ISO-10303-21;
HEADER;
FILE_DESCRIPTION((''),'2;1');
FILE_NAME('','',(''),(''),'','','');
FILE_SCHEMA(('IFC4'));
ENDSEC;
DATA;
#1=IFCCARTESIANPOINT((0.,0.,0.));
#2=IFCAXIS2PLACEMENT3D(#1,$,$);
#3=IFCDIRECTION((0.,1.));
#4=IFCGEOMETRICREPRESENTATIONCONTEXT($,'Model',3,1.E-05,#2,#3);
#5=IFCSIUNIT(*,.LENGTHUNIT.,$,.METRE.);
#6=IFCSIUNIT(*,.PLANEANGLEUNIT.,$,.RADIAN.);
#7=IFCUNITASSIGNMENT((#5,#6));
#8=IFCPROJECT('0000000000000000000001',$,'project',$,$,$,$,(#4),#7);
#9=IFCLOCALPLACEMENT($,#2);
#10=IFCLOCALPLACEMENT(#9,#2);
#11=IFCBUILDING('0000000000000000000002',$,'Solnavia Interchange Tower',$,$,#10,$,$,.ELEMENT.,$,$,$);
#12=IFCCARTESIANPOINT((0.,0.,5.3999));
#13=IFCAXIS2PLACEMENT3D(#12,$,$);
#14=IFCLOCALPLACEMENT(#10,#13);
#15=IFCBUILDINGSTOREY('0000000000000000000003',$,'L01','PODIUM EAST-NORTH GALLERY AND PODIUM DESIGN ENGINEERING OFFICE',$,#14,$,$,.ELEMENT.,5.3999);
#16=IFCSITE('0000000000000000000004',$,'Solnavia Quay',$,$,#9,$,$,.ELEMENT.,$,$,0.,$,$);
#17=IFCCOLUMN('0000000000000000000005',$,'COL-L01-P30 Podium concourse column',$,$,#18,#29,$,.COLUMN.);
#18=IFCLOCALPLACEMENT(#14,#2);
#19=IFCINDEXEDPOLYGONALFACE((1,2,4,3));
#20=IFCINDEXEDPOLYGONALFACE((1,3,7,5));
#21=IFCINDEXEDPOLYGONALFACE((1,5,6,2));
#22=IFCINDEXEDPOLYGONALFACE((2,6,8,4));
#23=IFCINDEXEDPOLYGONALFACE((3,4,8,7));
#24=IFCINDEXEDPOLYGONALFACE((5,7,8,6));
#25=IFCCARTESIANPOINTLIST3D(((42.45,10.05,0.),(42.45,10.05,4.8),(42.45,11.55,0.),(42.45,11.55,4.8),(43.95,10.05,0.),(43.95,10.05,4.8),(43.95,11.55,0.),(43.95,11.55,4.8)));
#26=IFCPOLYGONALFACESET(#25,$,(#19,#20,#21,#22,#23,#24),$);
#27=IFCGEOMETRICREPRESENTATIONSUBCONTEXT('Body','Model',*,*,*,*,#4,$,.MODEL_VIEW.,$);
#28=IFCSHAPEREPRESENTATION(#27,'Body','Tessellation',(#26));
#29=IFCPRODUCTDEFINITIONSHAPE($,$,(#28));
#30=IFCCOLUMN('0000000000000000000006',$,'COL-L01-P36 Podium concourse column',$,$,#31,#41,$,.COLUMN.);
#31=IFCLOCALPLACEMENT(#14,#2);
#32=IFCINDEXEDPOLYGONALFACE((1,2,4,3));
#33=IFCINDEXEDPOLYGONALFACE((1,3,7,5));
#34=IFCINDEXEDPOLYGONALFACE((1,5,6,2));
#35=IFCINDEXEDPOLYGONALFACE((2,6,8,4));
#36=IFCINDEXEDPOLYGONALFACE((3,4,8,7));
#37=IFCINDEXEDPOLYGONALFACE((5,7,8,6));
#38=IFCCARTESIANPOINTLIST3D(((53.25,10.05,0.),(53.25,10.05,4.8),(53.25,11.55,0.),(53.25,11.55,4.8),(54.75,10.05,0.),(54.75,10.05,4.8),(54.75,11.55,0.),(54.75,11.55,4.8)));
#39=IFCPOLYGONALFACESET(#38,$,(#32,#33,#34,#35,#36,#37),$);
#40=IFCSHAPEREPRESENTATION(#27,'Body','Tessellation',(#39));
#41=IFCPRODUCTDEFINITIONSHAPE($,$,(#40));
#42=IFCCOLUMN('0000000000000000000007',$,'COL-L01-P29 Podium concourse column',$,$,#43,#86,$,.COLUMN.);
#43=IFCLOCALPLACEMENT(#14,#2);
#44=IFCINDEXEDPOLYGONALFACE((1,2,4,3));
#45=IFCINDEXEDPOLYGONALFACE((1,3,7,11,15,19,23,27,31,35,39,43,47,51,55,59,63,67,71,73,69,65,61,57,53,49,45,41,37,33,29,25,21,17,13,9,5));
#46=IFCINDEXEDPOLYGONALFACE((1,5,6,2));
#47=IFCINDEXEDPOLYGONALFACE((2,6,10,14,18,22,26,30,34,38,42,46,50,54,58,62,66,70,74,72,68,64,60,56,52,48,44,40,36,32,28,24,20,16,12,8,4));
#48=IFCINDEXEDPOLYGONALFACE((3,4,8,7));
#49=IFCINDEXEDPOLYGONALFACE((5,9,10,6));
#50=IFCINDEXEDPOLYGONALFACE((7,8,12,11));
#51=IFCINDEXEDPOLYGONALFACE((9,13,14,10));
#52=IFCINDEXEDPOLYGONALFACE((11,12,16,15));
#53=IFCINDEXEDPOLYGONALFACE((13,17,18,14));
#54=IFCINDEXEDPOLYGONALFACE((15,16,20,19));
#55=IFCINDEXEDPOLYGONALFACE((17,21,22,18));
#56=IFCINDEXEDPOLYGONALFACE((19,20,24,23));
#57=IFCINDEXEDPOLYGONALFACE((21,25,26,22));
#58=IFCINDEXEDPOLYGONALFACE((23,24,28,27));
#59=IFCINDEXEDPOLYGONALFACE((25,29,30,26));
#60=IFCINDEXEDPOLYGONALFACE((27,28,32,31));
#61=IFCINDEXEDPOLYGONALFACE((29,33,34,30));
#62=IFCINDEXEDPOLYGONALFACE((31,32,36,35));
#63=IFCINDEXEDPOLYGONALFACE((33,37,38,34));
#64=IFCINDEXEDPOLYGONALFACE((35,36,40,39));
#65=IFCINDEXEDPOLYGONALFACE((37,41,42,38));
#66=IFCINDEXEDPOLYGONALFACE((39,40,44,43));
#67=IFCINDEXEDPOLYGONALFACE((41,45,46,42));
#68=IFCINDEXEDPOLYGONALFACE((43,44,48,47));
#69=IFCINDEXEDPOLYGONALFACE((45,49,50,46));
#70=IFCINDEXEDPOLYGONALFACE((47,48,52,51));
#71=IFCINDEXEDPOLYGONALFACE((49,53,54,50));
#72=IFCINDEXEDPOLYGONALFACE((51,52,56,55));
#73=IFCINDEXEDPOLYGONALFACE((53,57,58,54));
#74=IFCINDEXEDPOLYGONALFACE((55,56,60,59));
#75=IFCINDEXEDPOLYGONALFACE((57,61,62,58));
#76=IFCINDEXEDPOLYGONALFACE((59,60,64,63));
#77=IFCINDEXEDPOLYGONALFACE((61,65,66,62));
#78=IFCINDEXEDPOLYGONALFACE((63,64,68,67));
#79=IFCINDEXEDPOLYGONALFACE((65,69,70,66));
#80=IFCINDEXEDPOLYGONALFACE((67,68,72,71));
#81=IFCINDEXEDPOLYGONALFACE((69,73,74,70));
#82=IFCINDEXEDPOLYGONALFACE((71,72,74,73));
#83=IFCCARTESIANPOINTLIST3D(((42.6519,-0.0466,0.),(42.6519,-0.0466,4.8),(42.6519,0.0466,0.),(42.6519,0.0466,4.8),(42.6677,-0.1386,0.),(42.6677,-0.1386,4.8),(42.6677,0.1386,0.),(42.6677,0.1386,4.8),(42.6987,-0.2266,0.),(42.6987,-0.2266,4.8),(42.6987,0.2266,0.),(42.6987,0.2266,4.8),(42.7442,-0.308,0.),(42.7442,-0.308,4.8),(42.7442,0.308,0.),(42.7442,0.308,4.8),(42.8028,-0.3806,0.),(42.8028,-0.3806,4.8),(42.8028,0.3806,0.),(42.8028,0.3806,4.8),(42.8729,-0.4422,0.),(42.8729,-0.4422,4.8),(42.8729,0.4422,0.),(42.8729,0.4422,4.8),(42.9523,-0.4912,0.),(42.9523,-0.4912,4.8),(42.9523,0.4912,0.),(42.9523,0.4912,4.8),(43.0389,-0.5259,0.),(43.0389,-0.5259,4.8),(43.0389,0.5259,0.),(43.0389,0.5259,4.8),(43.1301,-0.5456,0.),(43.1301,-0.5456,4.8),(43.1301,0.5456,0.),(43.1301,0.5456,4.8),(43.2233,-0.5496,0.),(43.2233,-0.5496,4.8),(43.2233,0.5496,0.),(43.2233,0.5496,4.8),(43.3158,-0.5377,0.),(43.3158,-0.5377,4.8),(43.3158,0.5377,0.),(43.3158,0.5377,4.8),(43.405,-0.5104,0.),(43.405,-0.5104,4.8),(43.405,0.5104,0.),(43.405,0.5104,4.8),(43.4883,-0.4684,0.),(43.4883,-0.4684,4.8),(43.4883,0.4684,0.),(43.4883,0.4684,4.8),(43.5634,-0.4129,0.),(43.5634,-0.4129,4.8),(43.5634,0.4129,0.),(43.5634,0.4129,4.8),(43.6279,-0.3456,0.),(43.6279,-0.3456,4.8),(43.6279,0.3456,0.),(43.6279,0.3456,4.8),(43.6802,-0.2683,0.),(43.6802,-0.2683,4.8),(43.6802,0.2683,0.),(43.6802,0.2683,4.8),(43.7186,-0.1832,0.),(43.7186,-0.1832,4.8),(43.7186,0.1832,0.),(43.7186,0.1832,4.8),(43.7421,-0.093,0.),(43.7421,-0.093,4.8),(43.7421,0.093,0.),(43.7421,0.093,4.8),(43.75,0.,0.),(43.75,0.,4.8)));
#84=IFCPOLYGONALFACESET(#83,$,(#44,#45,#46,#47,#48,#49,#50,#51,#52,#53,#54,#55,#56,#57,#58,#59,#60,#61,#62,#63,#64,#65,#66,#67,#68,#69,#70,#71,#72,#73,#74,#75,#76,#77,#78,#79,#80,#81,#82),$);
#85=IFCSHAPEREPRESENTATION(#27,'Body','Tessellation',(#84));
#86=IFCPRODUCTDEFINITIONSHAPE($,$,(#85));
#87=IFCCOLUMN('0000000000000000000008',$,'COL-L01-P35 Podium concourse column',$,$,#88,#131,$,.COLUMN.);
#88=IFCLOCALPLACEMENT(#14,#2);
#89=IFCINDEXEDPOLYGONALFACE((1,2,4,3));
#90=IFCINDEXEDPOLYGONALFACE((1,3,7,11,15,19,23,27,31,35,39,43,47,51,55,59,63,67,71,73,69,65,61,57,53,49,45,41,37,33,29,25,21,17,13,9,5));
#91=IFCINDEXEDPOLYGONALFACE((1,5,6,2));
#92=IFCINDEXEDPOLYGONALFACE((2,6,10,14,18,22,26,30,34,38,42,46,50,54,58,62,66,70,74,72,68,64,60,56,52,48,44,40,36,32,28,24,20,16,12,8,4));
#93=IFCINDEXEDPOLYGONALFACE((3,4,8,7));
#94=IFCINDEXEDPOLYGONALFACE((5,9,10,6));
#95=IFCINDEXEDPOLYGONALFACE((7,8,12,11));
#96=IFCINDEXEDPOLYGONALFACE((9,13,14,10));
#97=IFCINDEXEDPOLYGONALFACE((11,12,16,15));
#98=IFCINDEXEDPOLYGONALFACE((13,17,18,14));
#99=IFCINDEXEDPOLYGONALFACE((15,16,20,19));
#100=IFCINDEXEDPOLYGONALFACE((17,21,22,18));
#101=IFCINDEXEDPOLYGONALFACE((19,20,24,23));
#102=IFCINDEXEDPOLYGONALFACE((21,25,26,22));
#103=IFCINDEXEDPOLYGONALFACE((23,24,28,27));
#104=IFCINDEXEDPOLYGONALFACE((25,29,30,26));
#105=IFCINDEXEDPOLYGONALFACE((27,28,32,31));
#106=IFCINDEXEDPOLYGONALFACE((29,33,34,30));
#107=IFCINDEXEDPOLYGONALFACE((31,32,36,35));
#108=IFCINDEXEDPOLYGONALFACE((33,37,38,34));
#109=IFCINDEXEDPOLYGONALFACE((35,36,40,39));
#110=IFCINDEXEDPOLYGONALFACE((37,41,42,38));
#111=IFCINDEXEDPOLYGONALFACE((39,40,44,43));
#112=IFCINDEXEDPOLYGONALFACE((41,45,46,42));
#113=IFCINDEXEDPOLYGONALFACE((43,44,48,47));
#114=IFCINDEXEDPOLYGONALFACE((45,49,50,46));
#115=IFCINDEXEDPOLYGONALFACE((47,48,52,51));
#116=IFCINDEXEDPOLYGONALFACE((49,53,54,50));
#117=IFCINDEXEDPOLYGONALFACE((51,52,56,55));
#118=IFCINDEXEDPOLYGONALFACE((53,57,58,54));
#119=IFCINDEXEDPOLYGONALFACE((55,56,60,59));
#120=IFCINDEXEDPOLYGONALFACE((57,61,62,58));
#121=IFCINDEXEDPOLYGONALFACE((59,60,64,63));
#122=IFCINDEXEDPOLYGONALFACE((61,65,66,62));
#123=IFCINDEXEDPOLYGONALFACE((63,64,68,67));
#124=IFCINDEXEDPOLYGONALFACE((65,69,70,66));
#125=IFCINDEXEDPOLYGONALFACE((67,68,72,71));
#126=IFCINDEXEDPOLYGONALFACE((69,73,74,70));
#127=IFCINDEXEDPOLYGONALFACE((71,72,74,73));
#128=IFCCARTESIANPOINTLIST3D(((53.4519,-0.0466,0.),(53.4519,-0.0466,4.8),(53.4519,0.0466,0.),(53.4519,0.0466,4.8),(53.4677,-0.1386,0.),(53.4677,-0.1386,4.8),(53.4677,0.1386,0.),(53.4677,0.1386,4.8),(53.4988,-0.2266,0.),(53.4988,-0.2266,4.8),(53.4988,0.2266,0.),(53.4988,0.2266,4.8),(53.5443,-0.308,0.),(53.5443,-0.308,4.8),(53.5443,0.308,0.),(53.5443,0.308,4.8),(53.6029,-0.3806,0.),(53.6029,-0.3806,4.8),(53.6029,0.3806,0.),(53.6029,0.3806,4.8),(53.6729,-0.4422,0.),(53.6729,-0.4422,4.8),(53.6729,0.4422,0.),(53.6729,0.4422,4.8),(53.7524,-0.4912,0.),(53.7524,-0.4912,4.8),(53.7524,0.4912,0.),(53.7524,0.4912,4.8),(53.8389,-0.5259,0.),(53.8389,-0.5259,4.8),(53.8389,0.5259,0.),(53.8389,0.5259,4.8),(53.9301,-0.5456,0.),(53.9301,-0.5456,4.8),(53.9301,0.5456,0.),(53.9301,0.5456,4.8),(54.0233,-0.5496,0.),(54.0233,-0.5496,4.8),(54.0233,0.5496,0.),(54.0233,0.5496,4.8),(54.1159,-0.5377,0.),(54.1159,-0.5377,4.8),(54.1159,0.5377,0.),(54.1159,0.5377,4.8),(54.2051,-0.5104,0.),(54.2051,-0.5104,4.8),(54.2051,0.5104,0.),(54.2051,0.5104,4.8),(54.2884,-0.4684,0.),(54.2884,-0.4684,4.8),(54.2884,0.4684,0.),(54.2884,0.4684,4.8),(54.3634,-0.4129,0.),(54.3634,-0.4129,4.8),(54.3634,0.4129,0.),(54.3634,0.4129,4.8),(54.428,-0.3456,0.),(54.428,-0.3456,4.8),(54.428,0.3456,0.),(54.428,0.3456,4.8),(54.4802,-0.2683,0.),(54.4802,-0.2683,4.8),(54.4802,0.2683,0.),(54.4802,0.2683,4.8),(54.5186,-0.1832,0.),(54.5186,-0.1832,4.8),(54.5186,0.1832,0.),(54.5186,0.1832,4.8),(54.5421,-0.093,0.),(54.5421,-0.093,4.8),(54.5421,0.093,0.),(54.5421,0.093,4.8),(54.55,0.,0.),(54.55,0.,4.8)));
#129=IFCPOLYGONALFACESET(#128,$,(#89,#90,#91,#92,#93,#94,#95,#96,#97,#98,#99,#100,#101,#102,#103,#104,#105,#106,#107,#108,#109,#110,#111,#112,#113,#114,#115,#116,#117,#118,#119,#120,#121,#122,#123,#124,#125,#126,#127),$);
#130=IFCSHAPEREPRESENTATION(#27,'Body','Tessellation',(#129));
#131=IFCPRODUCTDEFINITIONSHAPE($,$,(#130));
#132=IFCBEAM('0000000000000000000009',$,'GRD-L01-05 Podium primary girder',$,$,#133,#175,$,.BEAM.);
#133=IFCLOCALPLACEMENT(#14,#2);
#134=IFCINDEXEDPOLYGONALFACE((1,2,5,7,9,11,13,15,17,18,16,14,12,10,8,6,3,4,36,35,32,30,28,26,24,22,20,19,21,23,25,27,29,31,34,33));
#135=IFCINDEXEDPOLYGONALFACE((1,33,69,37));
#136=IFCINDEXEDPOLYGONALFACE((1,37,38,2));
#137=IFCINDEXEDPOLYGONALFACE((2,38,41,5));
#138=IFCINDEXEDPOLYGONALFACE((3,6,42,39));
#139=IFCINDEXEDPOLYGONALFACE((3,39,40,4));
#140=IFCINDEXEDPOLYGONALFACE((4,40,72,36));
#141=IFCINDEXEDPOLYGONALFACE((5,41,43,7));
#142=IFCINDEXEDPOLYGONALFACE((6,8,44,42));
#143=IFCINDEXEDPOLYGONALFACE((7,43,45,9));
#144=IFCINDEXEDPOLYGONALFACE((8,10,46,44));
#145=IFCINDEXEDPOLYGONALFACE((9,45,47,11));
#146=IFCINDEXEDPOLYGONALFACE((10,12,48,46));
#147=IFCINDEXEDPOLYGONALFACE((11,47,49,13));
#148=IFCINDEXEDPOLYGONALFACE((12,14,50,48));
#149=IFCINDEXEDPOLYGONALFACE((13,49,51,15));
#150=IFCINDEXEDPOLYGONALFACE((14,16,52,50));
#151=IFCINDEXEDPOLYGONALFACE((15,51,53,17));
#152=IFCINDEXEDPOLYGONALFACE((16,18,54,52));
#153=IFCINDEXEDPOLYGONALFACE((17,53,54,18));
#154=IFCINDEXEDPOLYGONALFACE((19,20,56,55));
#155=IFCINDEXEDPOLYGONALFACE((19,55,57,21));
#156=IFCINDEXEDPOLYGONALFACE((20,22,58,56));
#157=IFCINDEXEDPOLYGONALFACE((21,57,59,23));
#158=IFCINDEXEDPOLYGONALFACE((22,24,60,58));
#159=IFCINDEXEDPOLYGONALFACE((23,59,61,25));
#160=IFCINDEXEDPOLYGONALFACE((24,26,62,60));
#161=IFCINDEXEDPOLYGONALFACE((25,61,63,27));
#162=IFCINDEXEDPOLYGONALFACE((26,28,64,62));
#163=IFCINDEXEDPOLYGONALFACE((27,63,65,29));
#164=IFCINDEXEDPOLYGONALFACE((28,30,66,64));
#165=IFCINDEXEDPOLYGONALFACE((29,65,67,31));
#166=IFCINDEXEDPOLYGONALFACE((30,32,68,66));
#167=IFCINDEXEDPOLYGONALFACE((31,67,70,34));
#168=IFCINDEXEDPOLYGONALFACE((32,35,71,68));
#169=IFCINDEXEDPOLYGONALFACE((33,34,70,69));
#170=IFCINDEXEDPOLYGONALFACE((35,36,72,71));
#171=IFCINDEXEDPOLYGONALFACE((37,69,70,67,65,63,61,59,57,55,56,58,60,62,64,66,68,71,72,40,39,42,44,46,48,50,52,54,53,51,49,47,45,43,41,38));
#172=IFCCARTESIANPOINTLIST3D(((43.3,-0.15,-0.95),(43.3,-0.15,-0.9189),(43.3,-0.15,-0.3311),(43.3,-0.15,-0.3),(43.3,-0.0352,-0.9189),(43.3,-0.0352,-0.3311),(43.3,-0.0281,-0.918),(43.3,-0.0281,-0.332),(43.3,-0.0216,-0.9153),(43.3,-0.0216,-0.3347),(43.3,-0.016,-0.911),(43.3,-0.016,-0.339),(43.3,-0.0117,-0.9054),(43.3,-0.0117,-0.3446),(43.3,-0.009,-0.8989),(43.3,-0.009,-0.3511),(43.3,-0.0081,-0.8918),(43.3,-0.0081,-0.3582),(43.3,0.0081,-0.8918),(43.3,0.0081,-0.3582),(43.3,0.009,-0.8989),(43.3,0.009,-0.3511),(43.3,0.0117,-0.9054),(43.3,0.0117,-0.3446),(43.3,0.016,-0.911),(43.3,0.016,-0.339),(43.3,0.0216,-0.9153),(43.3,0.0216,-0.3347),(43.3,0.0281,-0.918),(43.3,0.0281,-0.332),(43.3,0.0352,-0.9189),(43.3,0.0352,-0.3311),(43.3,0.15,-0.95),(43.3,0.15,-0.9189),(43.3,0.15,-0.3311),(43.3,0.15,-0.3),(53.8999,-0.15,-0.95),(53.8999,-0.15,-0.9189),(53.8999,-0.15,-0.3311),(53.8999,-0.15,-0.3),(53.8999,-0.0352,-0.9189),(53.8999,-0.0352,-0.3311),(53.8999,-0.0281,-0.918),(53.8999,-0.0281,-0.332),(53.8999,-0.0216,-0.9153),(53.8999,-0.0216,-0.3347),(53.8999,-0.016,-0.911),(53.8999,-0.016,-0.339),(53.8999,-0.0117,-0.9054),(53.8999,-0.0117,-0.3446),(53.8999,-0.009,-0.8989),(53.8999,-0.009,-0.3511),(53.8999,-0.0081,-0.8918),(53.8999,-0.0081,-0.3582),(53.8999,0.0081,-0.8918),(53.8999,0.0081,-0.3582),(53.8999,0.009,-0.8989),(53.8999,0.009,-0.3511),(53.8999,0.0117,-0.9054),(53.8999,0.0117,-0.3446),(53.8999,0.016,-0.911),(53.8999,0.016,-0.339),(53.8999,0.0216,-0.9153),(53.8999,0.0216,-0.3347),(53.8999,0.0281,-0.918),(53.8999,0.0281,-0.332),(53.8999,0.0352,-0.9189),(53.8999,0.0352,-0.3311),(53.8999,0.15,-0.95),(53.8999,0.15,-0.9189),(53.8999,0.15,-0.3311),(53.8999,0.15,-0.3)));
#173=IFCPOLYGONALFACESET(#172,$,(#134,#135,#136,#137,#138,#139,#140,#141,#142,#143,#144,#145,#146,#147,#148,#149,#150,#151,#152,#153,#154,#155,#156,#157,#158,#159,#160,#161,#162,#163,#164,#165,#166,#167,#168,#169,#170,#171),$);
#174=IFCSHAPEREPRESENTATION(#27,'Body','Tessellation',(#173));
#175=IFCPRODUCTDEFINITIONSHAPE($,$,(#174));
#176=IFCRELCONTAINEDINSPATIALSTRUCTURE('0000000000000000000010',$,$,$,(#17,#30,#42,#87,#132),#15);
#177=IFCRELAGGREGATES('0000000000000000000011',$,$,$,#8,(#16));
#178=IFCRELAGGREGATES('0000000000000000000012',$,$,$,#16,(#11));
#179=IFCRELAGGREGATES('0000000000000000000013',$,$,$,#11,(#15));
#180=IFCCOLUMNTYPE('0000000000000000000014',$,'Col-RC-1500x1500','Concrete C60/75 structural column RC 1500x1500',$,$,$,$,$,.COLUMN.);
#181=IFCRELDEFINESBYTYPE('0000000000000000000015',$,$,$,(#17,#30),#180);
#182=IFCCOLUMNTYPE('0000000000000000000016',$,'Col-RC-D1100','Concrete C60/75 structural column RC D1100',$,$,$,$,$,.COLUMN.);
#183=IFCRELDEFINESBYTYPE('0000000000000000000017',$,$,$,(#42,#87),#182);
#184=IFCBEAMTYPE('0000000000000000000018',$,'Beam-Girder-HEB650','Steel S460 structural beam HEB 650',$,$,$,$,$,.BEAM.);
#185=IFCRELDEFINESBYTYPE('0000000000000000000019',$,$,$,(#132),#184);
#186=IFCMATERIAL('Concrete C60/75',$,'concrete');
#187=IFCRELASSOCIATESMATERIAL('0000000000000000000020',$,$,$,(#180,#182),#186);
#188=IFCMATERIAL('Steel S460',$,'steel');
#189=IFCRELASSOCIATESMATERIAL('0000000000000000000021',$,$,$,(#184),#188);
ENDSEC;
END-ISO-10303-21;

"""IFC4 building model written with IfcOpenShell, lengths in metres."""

from ifc_helpers import new_model, si_unit, direction, frame, origin, origin_2d, place, context, subcontext, project, spatial, rectangle, circle, i_section, extrude, material, material_profile, profile_set, type_object, element, save


model = new_model("IFC4")

# Units and contexts
model_context = context("Model", 3, precision=1e-05, world=origin(), true_north=direction((0.0, 1.0)))
body_context = subcontext(model_context, "Body", "Model", "MODEL_VIEW")
ifc_project = project(units=[si_unit("LENGTHUNIT", "METRE"), si_unit("PLANEANGLEUNIT", "RADIAN")], contexts=[model_context])

# Site, building, storey
site_placement = place(None, origin())
site = spatial("IfcSite", under=ifc_project, at=site_placement, Name="Solnavia Quay", CompositionType="ELEMENT", RefElevation=0.0)
building_placement = place(site_placement, origin())
building = spatial("IfcBuilding", under=site, at=building_placement, Name="Solnavia Interchange Tower", CompositionType="ELEMENT")
storey_placement = place(building_placement, frame((0.0, 0.0, 5.3999)))
storey = spatial("IfcBuildingStorey", under=building, at=storey_placement, Name="L01", Description="PODIUM EAST-NORTH GALLERY AND PODIUM DESIGN ENGINEERING OFFICE", CompositionType="ELEMENT", Elevation=5.3999)

# Columns
ifc_material_1 = material(Name="Concrete C60/75", Category="concrete")
ifc_material_profile_1 = material_profile(ifc_material_1, rectangle(XDim=1.5, YDim=1.5, at=origin_2d()), Name="RC 1500x1500")
ifc_profile_set_1 = profile_set([ifc_material_profile_1], Name="Concrete C60/75")
column_type_1 = type_object("IfcColumnType", Name="Col-RC-1500x1500", Description="Concrete C60/75 structural column RC 1500x1500", PredefinedType="COLUMN", material=ifc_profile_set_1)
for number, where, z_axis, x_axis, name in (
    (1, (43.2, 10.8, 0.0), (0.0, 0.0, 1.0), (1.0, 0.0, 0.0), "COL-L01-P30 Podium concourse column"),
    (2, (54.0, 10.8, 0.0), (0.0, 0.0, 1.0), (1.0, 0.0, 0.0), "COL-L01-P36 Podium concourse column"),
):
    element("IfcColumn", number, at=place(storey_placement, frame(where, z_axis=z_axis, x_axis=x_axis)), inside=storey, type_object=column_type_1, Name=name, PredefinedType="COLUMN", context=body_context, shape_type="SweptSolid", body=[
        extrude(rectangle(XDim=1.5, YDim=1.5, at=origin_2d()), origin(), (0.0, 0.0, 1.0), 4.8),
    ])
ifc_material_profile_2 = material_profile(ifc_material_1, circle(Radius=0.55, at=origin_2d()), Name="RC D1100")
ifc_profile_set_2 = profile_set([ifc_material_profile_2], Name="Concrete C60/75")
column_type_2 = type_object("IfcColumnType", Name="Col-RC-D1100", Description="Concrete C60/75 structural column RC D1100", PredefinedType="COLUMN", material=ifc_profile_set_2)
for number, where, z_axis, x_axis, name in (
    (3, (43.2, 0.0, 0.0), (0.0, 0.0, 1.0), (1.0, 0.0, 0.0), "COL-L01-P29 Podium concourse column"),
    (4, (54.0, 0.0, 0.0), (0.0, 0.0, 1.0), (1.0, 0.0, 0.0), "COL-L01-P35 Podium concourse column"),
):
    element("IfcColumn", number, at=place(storey_placement, frame(where, z_axis=z_axis, x_axis=x_axis)), inside=storey, type_object=column_type_2, Name=name, PredefinedType="COLUMN", context=body_context, shape_type="SweptSolid", body=[
        extrude(circle(Radius=0.55, at=origin_2d()), origin(), (0.0, 0.0, 1.0), 4.8),
    ])

# Beam
ifc_material_2 = material(Name="Steel S460", Category="steel")
ifc_material_profile_3 = material_profile(ifc_material_2, i_section(OverallWidth=0.3, OverallDepth=0.6499, WebThickness=0.0161, FlangeThickness=0.031, FilletRadius=0.0271, at=origin_2d()), Name="HEB 650")
ifc_profile_set_3 = profile_set([ifc_material_profile_3], Name="Steel S460")
beam_type_1 = type_object("IfcBeamType", Name="Beam-Girder-HEB650", Description="Steel S460 structural beam HEB 650", PredefinedType="BEAM", material=ifc_profile_set_3)
for number, where, z_axis, x_axis, name in (
    (5, (43.3, 0.0, -0.625), (1.0, 0.0, 0.0), (0.0, 1.0, 0.0), "GRD-L01-05 Podium primary girder"),
):
    element("IfcBeam", number, at=place(storey_placement, frame(where, z_axis=z_axis, x_axis=x_axis)), inside=storey, type_object=beam_type_1, Name=name, PredefinedType="BEAM", context=body_context, shape_type="SweptSolid", body=[
        extrude(i_section(OverallWidth=0.3, OverallDepth=0.6499, WebThickness=0.0161, FlangeThickness=0.031, FilletRadius=0.0271, at=origin_2d()), origin(), (0.0, 0.0, 1.0), 10.5999),
    ])

save(model, "model.ifc")
